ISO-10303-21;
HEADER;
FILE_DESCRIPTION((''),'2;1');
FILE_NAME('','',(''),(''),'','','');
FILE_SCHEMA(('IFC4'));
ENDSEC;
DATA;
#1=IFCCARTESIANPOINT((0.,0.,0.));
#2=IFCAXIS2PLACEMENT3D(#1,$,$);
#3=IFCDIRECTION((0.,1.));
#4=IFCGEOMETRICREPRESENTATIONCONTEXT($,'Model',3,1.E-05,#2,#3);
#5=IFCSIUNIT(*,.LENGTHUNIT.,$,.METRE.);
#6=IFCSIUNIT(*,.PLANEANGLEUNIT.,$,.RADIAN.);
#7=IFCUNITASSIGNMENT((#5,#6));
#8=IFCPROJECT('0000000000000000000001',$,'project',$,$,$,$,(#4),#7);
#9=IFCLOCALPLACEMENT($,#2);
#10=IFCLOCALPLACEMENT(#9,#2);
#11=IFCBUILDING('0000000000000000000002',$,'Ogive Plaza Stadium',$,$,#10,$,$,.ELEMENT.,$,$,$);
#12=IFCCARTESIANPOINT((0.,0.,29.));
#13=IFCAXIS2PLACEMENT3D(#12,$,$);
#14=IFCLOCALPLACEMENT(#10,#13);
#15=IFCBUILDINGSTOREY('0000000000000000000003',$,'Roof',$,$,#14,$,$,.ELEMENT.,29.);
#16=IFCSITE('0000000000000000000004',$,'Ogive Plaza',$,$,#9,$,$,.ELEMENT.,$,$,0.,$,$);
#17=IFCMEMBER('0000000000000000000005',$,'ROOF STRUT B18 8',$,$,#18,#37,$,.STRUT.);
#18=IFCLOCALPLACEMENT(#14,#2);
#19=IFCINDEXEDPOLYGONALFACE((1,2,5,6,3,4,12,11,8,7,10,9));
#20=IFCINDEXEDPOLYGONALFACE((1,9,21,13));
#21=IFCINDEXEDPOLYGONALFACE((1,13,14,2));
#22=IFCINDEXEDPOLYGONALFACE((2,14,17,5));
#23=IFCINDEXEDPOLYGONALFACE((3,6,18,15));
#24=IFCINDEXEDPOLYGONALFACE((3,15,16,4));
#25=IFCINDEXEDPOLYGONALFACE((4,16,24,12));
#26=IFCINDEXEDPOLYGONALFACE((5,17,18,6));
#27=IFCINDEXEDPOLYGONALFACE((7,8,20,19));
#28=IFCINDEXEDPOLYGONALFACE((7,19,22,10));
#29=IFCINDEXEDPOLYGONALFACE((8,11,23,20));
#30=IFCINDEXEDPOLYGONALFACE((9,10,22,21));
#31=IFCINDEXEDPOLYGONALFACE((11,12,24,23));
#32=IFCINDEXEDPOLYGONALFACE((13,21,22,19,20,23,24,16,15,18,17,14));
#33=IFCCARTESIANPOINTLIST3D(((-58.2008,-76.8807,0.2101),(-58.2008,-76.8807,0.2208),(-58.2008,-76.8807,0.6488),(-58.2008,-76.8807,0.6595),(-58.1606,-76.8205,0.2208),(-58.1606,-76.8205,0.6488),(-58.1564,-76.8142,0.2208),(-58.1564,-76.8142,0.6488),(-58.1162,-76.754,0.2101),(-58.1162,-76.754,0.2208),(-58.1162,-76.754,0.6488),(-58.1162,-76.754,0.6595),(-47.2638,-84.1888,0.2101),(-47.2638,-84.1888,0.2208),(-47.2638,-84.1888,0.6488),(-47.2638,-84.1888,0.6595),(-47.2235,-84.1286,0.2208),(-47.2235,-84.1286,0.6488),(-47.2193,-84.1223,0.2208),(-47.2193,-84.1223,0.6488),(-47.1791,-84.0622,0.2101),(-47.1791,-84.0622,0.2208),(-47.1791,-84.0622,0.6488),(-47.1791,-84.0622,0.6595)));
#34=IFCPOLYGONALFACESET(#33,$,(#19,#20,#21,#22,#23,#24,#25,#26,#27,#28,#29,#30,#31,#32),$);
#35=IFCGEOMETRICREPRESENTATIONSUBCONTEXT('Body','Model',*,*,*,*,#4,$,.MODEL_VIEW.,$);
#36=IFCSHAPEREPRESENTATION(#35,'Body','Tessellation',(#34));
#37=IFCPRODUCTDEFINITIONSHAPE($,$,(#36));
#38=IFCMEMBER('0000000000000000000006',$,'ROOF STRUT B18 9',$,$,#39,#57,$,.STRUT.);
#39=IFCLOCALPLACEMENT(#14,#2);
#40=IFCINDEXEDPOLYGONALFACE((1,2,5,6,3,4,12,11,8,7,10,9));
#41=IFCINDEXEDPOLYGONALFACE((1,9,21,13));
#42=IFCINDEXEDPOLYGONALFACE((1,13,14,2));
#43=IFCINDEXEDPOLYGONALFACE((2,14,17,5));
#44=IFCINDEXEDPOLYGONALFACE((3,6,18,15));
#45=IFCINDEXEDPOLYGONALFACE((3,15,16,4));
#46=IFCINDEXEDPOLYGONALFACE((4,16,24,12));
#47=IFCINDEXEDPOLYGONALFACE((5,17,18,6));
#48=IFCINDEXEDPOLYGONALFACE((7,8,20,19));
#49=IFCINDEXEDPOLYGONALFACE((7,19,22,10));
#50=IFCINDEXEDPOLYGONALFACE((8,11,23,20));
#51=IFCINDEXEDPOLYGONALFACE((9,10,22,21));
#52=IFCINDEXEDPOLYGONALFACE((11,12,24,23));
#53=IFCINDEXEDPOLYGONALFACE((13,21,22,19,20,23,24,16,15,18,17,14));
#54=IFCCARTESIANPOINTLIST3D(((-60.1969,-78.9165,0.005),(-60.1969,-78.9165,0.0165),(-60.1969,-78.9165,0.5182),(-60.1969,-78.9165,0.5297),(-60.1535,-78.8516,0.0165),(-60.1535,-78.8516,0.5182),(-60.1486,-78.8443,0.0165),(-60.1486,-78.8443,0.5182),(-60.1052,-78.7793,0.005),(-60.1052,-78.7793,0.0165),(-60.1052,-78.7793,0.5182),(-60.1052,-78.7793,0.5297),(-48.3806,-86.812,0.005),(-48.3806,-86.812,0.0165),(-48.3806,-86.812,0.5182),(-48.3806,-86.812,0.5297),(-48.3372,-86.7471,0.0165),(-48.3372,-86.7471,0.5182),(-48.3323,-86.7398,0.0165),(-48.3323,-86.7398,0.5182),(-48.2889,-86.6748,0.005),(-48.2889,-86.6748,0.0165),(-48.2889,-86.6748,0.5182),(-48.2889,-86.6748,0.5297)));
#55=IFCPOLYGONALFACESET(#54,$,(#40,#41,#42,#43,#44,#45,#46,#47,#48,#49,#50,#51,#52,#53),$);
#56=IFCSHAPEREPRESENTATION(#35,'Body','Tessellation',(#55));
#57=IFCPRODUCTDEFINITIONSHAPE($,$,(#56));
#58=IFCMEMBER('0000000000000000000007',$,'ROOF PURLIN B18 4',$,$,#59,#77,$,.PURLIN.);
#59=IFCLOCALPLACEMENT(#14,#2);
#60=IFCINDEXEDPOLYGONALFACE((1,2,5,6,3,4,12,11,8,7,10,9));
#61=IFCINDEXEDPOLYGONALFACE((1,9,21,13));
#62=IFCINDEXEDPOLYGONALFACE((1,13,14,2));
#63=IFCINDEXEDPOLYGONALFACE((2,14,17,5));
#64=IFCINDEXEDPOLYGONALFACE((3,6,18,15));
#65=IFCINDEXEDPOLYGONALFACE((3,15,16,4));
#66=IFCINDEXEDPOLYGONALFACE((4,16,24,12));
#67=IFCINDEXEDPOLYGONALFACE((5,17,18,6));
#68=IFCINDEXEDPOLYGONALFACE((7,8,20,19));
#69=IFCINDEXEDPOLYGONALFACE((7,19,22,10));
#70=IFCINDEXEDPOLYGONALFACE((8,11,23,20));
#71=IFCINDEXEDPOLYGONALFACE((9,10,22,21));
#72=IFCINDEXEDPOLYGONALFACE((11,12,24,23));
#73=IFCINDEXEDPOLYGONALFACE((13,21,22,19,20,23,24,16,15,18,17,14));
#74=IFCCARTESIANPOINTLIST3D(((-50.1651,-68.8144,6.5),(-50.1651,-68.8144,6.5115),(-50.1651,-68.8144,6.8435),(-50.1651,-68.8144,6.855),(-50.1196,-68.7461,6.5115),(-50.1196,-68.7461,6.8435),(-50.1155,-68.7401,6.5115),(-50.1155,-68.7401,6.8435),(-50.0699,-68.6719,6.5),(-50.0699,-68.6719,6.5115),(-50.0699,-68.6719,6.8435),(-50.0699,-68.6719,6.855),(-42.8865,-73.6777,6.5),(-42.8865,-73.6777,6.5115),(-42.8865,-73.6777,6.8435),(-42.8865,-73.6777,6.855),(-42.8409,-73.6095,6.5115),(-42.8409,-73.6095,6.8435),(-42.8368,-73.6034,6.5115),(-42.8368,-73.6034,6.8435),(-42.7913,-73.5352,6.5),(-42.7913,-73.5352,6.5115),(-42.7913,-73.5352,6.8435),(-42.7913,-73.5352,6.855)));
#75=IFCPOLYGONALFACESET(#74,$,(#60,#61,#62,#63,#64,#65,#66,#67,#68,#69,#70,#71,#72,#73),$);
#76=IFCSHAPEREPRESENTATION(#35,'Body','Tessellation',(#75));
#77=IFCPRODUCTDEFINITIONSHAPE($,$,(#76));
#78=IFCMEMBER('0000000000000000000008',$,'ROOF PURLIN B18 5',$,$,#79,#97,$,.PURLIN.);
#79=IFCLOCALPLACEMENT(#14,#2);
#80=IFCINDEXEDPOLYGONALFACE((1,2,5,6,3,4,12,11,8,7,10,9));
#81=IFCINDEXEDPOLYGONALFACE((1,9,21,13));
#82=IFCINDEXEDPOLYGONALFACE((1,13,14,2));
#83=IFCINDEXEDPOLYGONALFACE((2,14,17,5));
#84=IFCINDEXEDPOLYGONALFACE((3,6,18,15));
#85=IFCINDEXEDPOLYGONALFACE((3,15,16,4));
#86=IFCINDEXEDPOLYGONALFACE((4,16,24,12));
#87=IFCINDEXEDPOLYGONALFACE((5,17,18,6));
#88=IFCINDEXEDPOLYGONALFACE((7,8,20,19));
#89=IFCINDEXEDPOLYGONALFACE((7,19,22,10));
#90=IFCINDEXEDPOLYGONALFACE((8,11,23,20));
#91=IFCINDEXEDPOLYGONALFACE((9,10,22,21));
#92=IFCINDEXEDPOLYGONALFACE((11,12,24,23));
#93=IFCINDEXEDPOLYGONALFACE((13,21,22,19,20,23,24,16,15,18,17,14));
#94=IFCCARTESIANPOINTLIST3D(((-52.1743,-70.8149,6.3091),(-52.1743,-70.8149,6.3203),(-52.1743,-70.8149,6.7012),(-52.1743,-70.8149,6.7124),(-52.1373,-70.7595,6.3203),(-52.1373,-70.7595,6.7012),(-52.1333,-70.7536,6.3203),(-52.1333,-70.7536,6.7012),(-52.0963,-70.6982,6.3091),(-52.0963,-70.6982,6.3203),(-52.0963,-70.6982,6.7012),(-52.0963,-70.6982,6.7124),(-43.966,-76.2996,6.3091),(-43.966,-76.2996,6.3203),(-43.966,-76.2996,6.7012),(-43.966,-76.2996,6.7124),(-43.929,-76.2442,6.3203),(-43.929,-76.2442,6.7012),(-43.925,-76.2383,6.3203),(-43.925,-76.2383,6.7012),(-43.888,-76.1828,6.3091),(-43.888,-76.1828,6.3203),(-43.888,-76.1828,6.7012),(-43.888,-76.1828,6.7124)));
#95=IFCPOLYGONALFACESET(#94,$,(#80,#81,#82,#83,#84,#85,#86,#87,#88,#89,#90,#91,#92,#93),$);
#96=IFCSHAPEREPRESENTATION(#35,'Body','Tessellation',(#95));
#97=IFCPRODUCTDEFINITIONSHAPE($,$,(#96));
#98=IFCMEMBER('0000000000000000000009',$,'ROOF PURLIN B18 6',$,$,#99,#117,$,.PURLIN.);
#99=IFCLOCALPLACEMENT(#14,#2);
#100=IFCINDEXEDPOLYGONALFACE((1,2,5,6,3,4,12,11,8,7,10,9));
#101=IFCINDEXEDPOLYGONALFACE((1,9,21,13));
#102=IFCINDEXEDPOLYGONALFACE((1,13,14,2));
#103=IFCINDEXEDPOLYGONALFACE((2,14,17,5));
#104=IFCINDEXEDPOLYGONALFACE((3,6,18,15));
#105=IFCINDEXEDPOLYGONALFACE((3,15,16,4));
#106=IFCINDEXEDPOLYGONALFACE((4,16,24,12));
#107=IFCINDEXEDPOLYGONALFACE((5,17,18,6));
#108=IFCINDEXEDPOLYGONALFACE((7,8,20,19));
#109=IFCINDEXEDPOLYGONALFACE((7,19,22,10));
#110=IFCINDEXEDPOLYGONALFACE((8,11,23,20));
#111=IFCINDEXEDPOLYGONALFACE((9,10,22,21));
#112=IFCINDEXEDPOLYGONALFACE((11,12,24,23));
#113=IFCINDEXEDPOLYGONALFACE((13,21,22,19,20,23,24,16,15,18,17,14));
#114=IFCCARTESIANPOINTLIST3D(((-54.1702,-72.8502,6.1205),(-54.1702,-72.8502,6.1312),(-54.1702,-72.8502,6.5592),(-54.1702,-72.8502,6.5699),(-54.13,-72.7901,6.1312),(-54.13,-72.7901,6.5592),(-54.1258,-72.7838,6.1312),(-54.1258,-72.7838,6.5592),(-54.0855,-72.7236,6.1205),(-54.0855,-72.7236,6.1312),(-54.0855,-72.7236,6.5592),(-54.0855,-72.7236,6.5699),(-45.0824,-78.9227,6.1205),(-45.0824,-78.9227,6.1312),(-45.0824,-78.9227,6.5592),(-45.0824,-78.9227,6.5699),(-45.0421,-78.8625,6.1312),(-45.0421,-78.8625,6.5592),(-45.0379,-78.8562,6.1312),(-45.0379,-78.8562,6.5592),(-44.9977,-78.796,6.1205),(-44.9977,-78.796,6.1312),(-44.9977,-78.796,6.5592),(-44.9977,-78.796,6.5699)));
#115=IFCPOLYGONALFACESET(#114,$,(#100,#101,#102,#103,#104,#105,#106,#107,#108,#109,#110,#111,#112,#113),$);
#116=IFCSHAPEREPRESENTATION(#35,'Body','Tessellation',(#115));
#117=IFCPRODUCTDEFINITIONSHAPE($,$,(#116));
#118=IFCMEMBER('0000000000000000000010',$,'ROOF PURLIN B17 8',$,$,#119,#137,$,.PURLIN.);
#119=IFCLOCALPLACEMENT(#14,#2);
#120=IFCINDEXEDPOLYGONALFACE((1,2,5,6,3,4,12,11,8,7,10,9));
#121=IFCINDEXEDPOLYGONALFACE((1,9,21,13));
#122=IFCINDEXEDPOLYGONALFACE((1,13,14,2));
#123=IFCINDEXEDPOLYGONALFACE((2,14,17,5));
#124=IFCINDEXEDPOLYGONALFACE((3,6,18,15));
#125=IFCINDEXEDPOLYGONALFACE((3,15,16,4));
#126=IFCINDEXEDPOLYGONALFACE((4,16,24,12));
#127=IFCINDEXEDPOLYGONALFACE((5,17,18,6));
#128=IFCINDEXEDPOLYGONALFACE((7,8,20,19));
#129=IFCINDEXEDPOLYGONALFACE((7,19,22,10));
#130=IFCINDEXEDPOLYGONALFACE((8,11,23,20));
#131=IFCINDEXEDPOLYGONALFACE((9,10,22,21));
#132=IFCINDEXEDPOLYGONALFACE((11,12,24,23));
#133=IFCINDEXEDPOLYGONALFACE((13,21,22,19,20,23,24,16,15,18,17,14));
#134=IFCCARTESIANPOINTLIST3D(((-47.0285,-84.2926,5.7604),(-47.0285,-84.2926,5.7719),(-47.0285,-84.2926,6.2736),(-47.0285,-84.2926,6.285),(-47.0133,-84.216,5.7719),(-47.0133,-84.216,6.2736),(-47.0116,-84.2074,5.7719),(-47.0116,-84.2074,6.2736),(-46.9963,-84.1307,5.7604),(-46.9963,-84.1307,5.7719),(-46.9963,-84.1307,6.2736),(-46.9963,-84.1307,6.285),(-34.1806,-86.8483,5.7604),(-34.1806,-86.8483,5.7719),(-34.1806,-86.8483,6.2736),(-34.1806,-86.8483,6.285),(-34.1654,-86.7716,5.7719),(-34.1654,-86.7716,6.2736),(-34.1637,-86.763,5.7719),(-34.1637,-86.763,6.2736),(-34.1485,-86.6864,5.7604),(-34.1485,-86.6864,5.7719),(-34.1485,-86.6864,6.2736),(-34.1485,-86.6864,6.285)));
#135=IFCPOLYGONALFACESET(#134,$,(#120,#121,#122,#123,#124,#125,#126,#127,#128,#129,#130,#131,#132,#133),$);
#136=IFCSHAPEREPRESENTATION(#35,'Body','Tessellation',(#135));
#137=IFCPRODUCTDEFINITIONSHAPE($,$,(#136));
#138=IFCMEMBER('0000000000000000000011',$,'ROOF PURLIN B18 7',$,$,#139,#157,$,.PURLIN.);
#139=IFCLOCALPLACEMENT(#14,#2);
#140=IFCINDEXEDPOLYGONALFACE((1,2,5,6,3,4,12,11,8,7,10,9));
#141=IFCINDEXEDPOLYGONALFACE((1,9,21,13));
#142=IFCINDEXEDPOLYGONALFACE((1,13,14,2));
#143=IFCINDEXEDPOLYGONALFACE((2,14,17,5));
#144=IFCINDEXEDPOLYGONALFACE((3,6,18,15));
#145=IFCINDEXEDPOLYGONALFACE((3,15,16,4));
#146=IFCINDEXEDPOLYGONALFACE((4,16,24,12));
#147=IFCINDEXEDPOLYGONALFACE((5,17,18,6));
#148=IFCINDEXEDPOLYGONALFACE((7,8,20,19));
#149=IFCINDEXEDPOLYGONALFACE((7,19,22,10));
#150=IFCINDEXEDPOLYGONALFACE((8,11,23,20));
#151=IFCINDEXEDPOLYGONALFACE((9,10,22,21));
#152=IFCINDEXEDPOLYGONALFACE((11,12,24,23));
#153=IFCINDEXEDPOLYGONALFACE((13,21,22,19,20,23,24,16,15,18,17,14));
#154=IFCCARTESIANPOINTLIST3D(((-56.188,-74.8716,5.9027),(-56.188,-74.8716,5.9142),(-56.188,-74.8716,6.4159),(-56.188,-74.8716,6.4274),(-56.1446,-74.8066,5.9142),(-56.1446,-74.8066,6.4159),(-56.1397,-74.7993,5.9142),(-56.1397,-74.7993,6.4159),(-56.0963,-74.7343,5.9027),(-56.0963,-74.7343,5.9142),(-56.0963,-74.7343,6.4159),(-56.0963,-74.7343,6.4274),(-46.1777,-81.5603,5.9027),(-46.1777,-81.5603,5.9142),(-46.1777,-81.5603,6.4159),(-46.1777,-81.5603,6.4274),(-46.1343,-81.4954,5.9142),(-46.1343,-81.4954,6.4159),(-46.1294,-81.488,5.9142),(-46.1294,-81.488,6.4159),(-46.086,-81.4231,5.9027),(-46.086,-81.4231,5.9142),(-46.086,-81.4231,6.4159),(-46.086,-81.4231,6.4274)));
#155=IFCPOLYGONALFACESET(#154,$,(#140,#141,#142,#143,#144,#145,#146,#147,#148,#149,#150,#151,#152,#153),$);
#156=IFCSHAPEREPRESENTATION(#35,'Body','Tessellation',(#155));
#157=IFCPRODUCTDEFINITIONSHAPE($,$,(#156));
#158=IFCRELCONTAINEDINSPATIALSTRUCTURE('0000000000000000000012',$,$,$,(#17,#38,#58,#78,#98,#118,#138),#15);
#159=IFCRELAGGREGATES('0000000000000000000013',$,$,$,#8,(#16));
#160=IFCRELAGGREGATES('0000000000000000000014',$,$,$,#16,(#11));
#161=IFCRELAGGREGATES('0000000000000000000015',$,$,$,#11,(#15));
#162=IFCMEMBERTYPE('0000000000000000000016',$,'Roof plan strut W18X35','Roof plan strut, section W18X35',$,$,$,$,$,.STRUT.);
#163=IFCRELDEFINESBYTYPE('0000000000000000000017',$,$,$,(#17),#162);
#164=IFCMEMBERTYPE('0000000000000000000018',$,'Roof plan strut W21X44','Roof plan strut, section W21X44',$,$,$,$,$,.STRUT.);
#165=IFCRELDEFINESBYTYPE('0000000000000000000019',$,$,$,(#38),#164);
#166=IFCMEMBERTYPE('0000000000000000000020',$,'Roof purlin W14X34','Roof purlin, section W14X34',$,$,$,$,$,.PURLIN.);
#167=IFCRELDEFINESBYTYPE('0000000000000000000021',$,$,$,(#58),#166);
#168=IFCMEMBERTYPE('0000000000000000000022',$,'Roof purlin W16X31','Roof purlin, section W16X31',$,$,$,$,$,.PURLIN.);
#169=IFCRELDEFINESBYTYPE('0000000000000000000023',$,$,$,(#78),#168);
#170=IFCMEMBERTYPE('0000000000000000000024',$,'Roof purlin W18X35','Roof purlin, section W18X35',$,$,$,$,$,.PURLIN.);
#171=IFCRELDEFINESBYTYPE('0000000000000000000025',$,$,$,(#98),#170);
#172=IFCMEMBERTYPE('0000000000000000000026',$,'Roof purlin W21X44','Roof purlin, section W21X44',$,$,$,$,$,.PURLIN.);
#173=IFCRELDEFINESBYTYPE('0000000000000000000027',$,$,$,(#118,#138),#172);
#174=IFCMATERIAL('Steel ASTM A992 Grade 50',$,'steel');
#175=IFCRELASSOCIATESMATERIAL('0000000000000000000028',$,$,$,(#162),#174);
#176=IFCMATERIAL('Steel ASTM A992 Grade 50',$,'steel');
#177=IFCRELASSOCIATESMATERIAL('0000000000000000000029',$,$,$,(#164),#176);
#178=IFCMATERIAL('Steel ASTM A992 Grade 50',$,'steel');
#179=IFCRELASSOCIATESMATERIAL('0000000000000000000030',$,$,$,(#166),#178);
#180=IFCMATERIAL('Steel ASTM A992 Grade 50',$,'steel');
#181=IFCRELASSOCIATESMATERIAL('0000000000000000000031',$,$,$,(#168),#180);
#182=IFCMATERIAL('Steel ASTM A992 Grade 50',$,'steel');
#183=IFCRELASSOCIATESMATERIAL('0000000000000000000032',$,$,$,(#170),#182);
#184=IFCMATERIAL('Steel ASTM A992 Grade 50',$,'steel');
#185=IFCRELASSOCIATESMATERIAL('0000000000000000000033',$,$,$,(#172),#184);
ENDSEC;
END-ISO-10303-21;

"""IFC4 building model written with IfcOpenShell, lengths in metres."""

from ifc_helpers import new_model, si_unit, direction, frame, origin, origin_2d, place, context, subcontext, project, spatial, i_section, extrude, material, material_profile, profile_set, type_object, element, save


model = new_model("IFC4")

# Units and contexts
model_context = context("Model", 3, precision=1e-05, world=origin(), true_north=direction((0.0, 1.0)))
body_context = subcontext(model_context, "Body", "Model", "MODEL_VIEW")
ifc_project = project(units=[si_unit("LENGTHUNIT", "METRE"), si_unit("PLANEANGLEUNIT", "RADIAN")], contexts=[model_context])

# Site, building, storey
site_placement = place(None, origin())
site = spatial("IfcSite", under=ifc_project, at=site_placement, Name="Ogive Plaza", CompositionType="ELEMENT", RefElevation=0.0)
building_placement = place(site_placement, origin())
building = spatial("IfcBuilding", under=site, at=building_placement, Name="Ogive Plaza Stadium", CompositionType="ELEMENT")
storey_placement = place(building_placement, frame((0.0, 0.0, 29.0)))
storey = spatial("IfcBuildingStorey", under=building, at=storey_placement, Name="Roof", CompositionType="ELEMENT", Elevation=29.0)

# Members
ifc_material_1 = material(Name="Steel ASTM A992 Grade 50", Category="steel")
ifc_material_profile_1 = material_profile(ifc_material_1, i_section(OverallWidth=0.1523, OverallDepth=0.4495, WebThickness=0.0076, FlangeThickness=0.0107, at=origin_2d()), Name="W18X35")
ifc_profile_set_1 = profile_set([ifc_material_profile_1], Name="Steel ASTM A992 Grade 50")
member_type_1 = type_object("IfcMemberType", Name="Roof plan strut W18X35", Description="Roof plan strut, section W18X35", PredefinedType="STRUT", material=ifc_profile_set_1)
member_1_placement = place(storey_placement, frame((-47.2214, -84.1255, 0.4348), z_axis=(-0.831462, 0.555582, 0.0), x_axis=(-0.555582, -0.831462, 0.0)))
element("IfcMember", 1, at=member_1_placement, inside=storey, type_object=member_type_1, Name="ROOF STRUT B18 8", PredefinedType="STRUT", context=body_context, shape_type="SweptSolid", body=[
    extrude(i_section(OverallWidth=0.1523, OverallDepth=0.4495, WebThickness=0.0076, FlangeThickness=0.0107, at=origin_2d()), origin(), (0.0, 0.0, 1.0), 13.1541),
])
ifc_material_2 = material(Name="Steel ASTM A992 Grade 50", Category="steel")
ifc_material_profile_2 = material_profile(ifc_material_2, i_section(OverallWidth=0.165, OverallDepth=0.5247, WebThickness=0.0088, FlangeThickness=0.0115, at=origin_2d()), Name="W21X44")
ifc_profile_set_2 = profile_set([ifc_material_profile_2], Name="Steel ASTM A992 Grade 50")
member_type_2 = type_object("IfcMemberType", Name="Roof plan strut W21X44", Description="Roof plan strut, section W21X44", PredefinedType="STRUT", material=ifc_profile_set_2)
member_2_placement = place(storey_placement, frame((-48.3347, -86.7434, 0.2673), z_axis=(-0.831468, 0.555572, 0.0), x_axis=(-0.555572, -0.831468, 0.0)))
element("IfcMember", 2, at=member_2_placement, inside=storey, type_object=member_type_2, Name="ROOF STRUT B18 9", PredefinedType="STRUT", context=body_context, shape_type="SweptSolid", body=[
    extrude(i_section(OverallWidth=0.165, OverallDepth=0.5247, WebThickness=0.0088, FlangeThickness=0.0115, at=origin_2d()), origin(), (0.0, 0.0, 1.0), 14.2114),
])
ifc_material_3 = material(Name="Steel ASTM A992 Grade 50", Category="steel")
ifc_material_profile_3 = material_profile(ifc_material_3, i_section(OverallWidth=0.1714, OverallDepth=0.355, WebThickness=0.0073, FlangeThickness=0.0115, at=origin_2d()), Name="W14X34")
ifc_profile_set_3 = profile_set([ifc_material_profile_3], Name="Steel ASTM A992 Grade 50")
member_type_3 = type_object("IfcMemberType", Name="Roof purlin W14X34", Description="Roof purlin, section W14X34", PredefinedType="PURLIN", material=ifc_profile_set_3)
member_3_placement = place(storey_placement, frame((-42.8389, -73.6064, 6.6775), z_axis=(-0.831475, 0.555562, 0.0), x_axis=(-0.555562, -0.831475, 0.0)))
element("IfcMember", 3, at=member_3_placement, inside=storey, type_object=member_type_3, Name="ROOF PURLIN B18 4", PredefinedType="PURLIN", context=body_context, shape_type="SweptSolid", body=[
    extrude(i_section(OverallWidth=0.1714, OverallDepth=0.355, WebThickness=0.0073, FlangeThickness=0.0115, at=origin_2d()), origin(), (0.0, 0.0, 1.0), 8.7539),
])
ifc_material_4 = material(Name="Steel ASTM A992 Grade 50", Category="steel")
ifc_material_profile_4 = material_profile(ifc_material_4, i_section(OverallWidth=0.1404, OverallDepth=0.4033, WebThickness=0.0071, FlangeThickness=0.0112, at=origin_2d()), Name="W16X31")
ifc_profile_set_4 = profile_set([ifc_material_profile_4], Name="Steel ASTM A992 Grade 50")
member_type_4 = type_object("IfcMemberType", Name="Roof purlin W16X31", Description="Roof purlin, section W16X31", PredefinedType="PURLIN", material=ifc_profile_set_4)
member_4_placement = place(storey_placement, frame((-43.927, -76.2412, 6.5107), z_axis=(-0.831468, 0.555573, 0.0), x_axis=(-0.555573, -0.831468, 0.0)))
element("IfcMember", 4, at=member_4_placement, inside=storey, type_object=member_type_4, Name="ROOF PURLIN B18 5", PredefinedType="PURLIN", context=body_context, shape_type="SweptSolid", body=[
    extrude(i_section(OverallWidth=0.1404, OverallDepth=0.4033, WebThickness=0.0071, FlangeThickness=0.0112, at=origin_2d()), origin(), (0.0, 0.0, 1.0), 9.8721),
])
ifc_material_5 = material(Name="Steel ASTM A992 Grade 50", Category="steel")
ifc_material_profile_5 = material_profile(ifc_material_5, i_section(OverallWidth=0.1523, OverallDepth=0.4495, WebThickness=0.0076, FlangeThickness=0.0107, at=origin_2d()), Name="W18X35")
ifc_profile_set_5 = profile_set([ifc_material_profile_5], Name="Steel ASTM A992 Grade 50")
member_type_5 = type_object("IfcMemberType", Name="Roof purlin W18X35", Description="Roof purlin, section W18X35", PredefinedType="PURLIN", material=ifc_profile_set_5)
member_5_placement = place(storey_placement, frame((-45.04, -78.8594, 6.3452), z_axis=(-0.831462, 0.555581, 0.0), x_axis=(-0.555581, -0.831462, 0.0)))
element("IfcMember", 5, at=member_5_placement, inside=storey, type_object=member_type_5, Name="ROOF PURLIN B18 6", PredefinedType="PURLIN", context=body_context, shape_type="SweptSolid", body=[
    extrude(i_section(OverallWidth=0.1523, OverallDepth=0.4495, WebThickness=0.0076, FlangeThickness=0.0107, at=origin_2d()), origin(), (0.0, 0.0, 1.0), 10.9299),
])
ifc_material_6 = material(Name="Steel ASTM A992 Grade 50", Category="steel")
ifc_material_profile_6 = material_profile(ifc_material_6, i_section(OverallWidth=0.165, OverallDepth=0.5247, WebThickness=0.0088, FlangeThickness=0.0115, at=origin_2d()), Name="W21X44")
ifc_profile_set_6 = profile_set([ifc_material_profile_6], Name="Steel ASTM A992 Grade 50")
member_type_6 = type_object("IfcMemberType", Name="Roof purlin W21X44", Description="Roof purlin, section W21X44", PredefinedType="PURLIN", material=ifc_profile_set_6)
member_6_placement = place(storey_placement, frame((-34.1646, -86.7673, 6.0227), z_axis=(-0.980784, 0.195095, 0.0), x_axis=(-0.195095, -0.980784, 0.0)))
element("IfcMember", 6, at=member_6_placement, inside=storey, type_object=member_type_6, Name="ROOF PURLIN B17 8", PredefinedType="PURLIN", context=body_context, shape_type="SweptSolid", body=[
    extrude(i_section(OverallWidth=0.165, OverallDepth=0.5247, WebThickness=0.0088, FlangeThickness=0.0115, at=origin_2d()), origin(), (0.0, 0.0, 1.0), 13.0996),
])
member_7_placement = place(storey_placement, frame((-46.1318, -81.4917, 6.165), z_axis=(-0.831466, 0.555575, 0.0), x_axis=(-0.555575, -0.831466, 0.0)))
element("IfcMember", 7, at=member_7_placement, inside=storey, type_object=member_type_6, Name="ROOF PURLIN B18 7", PredefinedType="PURLIN", context=body_context, shape_type="SweptSolid", body=[
    extrude(i_section(OverallWidth=0.165, OverallDepth=0.5247, WebThickness=0.0088, FlangeThickness=0.0115, at=origin_2d()), origin(), (0.0, 0.0, 1.0), 12.0393),
])

save(model, "model.ifc")
